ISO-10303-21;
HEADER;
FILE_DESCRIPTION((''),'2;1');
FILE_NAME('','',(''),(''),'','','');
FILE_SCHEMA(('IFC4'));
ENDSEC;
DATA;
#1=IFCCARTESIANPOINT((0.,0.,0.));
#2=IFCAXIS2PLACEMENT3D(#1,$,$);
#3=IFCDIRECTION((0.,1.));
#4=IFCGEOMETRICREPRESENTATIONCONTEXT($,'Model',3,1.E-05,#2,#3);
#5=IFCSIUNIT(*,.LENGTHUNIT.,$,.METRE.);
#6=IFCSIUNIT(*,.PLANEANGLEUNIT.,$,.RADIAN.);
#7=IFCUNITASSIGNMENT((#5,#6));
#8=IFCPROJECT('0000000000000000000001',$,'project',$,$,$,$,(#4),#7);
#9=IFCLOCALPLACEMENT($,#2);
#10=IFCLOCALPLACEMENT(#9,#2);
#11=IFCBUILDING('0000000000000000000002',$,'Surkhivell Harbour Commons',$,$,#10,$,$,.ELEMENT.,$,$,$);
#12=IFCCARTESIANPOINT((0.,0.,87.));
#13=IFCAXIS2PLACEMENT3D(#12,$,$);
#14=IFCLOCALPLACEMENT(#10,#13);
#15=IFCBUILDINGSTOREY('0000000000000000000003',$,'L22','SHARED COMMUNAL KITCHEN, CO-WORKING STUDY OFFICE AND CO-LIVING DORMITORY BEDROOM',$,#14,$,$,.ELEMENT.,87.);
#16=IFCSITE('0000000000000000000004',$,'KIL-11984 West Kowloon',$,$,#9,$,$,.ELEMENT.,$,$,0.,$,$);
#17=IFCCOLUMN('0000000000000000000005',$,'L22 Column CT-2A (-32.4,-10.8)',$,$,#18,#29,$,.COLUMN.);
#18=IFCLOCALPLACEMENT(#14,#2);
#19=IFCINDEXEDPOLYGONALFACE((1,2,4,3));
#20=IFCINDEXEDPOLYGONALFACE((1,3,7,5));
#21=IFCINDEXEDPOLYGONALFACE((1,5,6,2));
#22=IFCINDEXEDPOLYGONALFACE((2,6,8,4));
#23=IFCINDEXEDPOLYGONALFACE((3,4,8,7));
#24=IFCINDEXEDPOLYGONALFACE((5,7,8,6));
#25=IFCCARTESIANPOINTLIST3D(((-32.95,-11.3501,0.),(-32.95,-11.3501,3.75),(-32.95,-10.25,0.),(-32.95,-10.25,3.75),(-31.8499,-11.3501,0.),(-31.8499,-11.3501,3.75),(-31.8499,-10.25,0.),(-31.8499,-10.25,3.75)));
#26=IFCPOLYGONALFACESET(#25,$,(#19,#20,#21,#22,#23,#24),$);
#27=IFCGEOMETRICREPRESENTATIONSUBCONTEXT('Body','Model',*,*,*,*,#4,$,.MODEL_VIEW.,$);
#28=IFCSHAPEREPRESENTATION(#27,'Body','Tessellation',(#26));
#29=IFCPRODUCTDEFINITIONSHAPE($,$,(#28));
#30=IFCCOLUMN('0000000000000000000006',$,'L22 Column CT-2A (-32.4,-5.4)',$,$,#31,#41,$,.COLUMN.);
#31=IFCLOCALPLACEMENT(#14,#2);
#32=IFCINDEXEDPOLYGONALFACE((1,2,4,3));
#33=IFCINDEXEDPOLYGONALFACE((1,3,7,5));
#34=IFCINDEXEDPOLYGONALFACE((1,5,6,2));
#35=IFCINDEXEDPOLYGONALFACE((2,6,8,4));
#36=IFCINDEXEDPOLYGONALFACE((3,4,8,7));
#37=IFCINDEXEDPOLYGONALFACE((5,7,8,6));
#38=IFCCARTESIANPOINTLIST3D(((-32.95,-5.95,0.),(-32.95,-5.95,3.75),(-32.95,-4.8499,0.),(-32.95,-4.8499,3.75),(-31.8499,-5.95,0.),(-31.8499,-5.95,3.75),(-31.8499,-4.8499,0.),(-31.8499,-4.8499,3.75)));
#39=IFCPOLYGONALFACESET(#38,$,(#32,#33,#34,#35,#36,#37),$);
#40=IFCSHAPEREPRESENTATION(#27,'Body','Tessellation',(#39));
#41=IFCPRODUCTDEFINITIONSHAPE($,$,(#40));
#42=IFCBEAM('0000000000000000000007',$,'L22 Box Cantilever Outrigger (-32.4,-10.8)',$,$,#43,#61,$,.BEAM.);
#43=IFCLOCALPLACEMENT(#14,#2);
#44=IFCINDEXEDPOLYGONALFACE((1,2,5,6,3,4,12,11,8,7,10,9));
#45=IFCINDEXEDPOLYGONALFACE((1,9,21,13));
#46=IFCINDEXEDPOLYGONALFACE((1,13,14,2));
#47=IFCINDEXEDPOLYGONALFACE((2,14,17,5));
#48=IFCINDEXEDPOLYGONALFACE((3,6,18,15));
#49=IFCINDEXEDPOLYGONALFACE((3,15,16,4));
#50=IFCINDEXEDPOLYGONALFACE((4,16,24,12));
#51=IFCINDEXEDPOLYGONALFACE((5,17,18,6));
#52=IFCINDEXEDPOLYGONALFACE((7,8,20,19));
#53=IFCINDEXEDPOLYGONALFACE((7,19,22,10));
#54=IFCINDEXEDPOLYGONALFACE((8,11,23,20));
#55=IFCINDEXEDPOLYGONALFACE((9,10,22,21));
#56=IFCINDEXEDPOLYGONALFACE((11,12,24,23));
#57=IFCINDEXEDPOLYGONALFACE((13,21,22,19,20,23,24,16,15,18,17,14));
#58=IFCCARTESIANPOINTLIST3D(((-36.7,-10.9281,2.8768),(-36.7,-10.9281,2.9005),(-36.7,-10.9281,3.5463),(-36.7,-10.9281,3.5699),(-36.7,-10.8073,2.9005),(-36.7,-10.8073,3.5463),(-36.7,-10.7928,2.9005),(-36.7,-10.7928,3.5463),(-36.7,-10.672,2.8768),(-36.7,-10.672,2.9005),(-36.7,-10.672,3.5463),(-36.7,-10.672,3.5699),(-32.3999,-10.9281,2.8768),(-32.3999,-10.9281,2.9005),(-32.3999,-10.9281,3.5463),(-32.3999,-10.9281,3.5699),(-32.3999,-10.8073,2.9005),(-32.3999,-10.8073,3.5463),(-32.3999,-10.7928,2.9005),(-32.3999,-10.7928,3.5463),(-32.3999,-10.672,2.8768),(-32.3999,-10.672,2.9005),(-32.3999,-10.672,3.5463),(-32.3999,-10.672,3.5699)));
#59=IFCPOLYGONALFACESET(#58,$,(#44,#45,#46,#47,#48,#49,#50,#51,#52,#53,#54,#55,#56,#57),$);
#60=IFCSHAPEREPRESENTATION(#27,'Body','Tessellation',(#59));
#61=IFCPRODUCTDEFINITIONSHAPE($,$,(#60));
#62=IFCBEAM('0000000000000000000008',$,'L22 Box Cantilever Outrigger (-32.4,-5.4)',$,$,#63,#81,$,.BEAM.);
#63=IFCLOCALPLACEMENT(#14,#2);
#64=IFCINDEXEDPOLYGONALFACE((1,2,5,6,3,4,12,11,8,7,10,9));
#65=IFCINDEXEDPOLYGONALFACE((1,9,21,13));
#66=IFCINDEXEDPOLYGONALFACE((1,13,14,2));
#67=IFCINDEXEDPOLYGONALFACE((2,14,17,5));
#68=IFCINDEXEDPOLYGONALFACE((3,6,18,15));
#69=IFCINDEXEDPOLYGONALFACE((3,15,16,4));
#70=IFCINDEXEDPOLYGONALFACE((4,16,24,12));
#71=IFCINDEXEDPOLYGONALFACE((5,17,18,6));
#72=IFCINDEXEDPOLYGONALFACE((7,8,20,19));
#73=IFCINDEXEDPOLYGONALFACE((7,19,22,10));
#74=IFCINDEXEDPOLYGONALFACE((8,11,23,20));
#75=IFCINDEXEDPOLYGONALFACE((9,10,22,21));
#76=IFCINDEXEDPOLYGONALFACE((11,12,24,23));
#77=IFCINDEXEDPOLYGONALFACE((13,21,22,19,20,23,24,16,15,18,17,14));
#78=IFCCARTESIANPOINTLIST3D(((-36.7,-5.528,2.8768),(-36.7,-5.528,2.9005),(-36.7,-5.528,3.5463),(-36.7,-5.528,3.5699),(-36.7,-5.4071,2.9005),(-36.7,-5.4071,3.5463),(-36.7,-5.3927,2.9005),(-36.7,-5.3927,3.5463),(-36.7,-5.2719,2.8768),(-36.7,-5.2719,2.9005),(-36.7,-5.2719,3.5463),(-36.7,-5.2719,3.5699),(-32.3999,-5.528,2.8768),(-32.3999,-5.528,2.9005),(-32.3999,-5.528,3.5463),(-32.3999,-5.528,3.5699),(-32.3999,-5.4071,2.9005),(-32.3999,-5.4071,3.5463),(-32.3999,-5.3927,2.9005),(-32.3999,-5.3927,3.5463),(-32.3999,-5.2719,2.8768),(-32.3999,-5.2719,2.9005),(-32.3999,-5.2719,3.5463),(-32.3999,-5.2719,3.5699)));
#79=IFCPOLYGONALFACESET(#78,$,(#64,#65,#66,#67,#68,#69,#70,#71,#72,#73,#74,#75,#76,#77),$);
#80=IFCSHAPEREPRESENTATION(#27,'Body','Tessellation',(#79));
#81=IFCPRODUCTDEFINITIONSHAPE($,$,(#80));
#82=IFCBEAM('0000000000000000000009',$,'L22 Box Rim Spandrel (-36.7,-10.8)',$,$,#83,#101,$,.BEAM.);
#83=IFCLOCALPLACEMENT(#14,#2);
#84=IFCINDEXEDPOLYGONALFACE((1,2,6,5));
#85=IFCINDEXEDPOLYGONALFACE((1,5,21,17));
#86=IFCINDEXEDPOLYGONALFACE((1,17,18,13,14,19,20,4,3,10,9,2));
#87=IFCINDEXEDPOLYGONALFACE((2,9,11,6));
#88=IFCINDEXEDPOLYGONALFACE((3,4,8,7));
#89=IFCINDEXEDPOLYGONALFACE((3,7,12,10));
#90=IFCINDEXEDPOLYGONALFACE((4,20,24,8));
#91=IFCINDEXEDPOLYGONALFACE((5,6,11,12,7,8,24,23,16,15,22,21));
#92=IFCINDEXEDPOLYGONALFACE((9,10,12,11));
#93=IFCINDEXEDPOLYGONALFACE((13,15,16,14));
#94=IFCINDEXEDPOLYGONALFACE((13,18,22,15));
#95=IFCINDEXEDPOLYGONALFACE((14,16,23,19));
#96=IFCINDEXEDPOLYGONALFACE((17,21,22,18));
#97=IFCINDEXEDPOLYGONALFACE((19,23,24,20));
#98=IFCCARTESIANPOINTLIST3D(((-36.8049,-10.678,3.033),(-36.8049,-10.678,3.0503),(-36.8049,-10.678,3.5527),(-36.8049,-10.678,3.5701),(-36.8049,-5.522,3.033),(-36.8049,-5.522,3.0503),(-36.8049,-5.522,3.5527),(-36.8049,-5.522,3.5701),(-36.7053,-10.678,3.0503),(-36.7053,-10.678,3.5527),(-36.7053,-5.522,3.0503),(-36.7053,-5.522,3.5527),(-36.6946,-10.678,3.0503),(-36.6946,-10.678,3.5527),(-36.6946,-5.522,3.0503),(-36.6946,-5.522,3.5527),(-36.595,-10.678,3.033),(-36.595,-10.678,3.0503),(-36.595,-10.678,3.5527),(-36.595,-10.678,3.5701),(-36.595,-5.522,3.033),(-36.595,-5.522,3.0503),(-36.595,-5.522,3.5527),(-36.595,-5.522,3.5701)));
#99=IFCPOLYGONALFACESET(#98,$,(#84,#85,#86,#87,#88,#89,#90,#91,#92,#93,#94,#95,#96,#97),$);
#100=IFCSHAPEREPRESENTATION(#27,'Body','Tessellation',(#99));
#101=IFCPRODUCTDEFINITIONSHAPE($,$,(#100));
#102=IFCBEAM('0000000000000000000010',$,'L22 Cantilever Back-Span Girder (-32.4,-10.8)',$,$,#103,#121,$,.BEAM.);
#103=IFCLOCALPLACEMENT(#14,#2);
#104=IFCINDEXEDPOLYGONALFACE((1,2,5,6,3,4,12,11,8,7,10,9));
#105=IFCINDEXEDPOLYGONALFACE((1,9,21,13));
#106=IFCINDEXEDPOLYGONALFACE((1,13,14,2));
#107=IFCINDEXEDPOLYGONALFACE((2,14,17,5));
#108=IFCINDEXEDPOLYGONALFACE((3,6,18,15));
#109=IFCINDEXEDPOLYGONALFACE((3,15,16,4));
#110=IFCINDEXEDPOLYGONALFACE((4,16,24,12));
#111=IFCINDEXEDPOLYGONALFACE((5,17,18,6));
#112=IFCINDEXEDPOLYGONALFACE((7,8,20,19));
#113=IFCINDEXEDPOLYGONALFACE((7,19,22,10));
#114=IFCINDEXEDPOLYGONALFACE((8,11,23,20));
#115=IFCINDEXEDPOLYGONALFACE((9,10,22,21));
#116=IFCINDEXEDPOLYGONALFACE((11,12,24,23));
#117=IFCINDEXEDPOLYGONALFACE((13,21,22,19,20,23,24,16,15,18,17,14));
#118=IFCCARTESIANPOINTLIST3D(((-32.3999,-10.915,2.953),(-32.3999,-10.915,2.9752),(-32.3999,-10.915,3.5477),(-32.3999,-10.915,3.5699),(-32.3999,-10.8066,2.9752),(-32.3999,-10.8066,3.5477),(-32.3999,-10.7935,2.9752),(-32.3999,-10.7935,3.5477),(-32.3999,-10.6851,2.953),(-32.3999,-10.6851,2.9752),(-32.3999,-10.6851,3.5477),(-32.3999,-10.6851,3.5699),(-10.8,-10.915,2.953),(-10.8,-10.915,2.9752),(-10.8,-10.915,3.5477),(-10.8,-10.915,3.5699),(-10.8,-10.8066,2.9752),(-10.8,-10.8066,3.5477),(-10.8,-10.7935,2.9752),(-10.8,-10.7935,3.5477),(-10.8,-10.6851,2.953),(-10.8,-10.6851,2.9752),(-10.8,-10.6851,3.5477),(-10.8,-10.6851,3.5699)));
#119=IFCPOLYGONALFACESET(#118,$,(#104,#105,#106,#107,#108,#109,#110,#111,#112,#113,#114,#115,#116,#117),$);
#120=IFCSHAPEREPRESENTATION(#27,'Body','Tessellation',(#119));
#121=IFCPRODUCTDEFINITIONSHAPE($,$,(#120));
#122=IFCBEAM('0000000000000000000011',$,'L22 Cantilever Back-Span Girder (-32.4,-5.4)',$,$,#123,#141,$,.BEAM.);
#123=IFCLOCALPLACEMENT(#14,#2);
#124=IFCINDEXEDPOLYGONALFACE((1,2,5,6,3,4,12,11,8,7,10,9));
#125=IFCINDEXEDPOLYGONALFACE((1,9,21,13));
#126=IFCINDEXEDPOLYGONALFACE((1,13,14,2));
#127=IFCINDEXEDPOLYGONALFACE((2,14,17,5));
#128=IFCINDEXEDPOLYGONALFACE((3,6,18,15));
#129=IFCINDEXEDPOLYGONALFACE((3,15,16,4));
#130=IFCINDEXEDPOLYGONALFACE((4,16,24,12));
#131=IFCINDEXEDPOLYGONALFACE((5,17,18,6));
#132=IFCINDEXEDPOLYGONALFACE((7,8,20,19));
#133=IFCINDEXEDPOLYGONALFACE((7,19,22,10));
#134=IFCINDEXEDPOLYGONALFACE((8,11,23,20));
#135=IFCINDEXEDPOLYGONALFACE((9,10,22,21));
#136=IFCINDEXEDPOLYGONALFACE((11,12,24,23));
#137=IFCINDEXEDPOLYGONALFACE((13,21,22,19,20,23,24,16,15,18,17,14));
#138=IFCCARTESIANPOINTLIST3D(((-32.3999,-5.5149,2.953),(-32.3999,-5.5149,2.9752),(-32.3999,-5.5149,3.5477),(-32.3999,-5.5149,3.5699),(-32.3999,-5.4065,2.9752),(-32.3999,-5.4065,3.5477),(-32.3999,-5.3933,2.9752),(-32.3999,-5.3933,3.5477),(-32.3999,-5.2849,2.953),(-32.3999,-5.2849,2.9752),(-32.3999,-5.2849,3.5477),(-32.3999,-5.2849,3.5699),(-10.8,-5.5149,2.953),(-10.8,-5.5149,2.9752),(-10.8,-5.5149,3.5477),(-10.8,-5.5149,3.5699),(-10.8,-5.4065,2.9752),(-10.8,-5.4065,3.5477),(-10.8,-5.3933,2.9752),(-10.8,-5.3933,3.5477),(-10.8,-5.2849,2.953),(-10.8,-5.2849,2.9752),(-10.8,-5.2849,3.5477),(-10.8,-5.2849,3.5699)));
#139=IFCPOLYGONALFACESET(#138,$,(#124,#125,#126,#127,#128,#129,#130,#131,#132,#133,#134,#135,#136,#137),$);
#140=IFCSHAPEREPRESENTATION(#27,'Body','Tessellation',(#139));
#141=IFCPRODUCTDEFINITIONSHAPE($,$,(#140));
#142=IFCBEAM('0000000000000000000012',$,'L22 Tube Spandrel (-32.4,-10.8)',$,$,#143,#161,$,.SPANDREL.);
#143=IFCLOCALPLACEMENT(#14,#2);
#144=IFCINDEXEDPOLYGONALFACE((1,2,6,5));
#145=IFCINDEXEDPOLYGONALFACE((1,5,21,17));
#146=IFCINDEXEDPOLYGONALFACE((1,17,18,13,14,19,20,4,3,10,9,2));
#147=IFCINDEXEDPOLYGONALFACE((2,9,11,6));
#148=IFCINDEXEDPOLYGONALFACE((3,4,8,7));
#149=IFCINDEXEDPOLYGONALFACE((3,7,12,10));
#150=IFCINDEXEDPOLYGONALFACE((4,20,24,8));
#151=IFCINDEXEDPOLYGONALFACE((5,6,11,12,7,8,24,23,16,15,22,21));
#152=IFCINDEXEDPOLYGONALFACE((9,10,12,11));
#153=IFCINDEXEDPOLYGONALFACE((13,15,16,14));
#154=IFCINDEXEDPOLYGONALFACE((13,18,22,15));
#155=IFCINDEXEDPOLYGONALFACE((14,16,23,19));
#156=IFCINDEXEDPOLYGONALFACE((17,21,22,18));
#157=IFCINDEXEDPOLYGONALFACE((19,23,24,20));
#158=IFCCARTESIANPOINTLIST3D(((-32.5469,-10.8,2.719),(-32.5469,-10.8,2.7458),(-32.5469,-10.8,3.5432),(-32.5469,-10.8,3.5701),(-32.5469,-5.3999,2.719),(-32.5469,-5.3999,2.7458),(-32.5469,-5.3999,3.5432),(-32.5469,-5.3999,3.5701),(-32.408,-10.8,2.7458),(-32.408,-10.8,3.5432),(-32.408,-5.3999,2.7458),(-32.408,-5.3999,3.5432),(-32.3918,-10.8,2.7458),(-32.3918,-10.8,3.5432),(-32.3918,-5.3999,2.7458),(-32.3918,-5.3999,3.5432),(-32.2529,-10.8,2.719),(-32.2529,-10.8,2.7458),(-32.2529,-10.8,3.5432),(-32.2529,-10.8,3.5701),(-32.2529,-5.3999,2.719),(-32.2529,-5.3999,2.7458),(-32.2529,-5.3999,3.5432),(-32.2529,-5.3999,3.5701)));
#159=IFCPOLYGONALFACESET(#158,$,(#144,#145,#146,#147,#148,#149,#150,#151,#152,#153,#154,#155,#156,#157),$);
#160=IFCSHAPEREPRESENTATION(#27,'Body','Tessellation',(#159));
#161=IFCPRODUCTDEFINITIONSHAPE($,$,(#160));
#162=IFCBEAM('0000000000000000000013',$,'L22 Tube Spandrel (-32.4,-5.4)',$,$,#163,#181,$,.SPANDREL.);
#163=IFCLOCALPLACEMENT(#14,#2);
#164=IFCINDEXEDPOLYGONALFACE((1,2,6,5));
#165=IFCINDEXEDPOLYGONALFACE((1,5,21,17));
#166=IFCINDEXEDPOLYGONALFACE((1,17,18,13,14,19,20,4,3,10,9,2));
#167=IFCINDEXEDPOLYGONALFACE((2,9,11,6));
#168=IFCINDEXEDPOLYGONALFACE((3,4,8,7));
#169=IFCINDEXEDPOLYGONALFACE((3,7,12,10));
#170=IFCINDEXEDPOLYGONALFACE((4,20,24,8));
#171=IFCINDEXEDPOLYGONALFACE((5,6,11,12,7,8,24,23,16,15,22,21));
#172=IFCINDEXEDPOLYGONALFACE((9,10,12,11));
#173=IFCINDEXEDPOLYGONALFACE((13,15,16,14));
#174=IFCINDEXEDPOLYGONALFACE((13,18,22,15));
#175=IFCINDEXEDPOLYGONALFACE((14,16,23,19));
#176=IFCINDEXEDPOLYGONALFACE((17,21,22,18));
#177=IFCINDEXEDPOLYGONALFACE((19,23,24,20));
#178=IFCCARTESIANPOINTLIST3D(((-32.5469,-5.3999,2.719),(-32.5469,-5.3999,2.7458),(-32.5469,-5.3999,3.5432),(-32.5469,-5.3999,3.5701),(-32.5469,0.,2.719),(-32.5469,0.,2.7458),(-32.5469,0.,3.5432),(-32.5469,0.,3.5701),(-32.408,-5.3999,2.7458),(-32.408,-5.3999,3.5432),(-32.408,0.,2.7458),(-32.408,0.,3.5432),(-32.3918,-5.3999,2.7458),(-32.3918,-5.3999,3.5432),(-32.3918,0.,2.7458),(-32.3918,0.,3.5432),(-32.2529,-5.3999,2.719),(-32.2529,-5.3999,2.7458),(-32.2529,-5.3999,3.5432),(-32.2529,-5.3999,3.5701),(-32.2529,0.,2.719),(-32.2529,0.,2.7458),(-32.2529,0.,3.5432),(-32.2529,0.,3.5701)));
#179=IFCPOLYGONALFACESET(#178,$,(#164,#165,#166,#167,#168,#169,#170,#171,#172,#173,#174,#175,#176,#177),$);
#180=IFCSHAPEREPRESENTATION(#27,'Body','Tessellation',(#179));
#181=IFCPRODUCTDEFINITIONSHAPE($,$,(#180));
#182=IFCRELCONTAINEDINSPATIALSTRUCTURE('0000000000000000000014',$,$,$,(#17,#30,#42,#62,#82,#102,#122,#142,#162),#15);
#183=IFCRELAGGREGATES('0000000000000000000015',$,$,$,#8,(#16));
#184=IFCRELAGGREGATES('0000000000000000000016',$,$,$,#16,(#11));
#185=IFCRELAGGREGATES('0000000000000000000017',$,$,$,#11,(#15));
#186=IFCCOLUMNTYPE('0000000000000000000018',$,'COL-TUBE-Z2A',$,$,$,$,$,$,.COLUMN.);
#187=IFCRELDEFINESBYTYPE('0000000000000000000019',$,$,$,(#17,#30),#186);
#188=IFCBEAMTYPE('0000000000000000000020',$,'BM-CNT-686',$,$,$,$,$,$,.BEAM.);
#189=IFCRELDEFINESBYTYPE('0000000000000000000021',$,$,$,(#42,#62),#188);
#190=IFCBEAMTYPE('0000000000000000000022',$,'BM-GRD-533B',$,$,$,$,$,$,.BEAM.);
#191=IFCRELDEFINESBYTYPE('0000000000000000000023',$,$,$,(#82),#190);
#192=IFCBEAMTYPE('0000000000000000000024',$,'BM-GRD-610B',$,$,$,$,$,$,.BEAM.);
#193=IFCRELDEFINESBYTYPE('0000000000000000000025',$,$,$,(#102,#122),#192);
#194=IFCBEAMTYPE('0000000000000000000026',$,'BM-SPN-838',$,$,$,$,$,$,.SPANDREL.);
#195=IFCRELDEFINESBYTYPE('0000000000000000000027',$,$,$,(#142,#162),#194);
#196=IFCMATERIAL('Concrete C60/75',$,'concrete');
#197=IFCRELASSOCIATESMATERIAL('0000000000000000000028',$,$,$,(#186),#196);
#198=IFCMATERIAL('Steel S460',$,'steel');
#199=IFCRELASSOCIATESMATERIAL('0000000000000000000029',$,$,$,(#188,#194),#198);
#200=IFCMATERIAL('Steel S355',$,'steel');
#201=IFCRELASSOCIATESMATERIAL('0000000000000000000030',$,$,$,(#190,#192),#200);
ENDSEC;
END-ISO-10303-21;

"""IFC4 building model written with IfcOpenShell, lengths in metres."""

from ifc_helpers import new_model, si_unit, direction, frame, origin, origin_2d, place, context, subcontext, project, spatial, rectangle, i_section, extrude, material, material_profile, profile_set, type_object, element, save


model = new_model("IFC4")

# Units and contexts
model_context = context("Model", 3, precision=1e-05, world=origin(), true_north=direction((0.0, 1.0)))
body_context = subcontext(model_context, "Body", "Model", "MODEL_VIEW")
ifc_project = project(units=[si_unit("LENGTHUNIT", "METRE"), si_unit("PLANEANGLEUNIT", "RADIAN")], contexts=[model_context])

# Site, building, storey
site_placement = place(None, origin())
site = spatial("IfcSite", under=ifc_project, at=site_placement, Name="KIL-11984 West Kowloon", CompositionType="ELEMENT", RefElevation=0.0)
building_placement = place(site_placement, origin())
building = spatial("IfcBuilding", under=site, at=building_placement, Name="Surkhivell Harbour Commons", CompositionType="ELEMENT")
storey_placement = place(building_placement, frame((0.0, 0.0, 87.0)))
storey = spatial("IfcBuildingStorey", under=building, at=storey_placement, Name="L22", Description="SHARED COMMUNAL KITCHEN, CO-WORKING STUDY OFFICE AND CO-LIVING DORMITORY BEDROOM", CompositionType="ELEMENT", Elevation=87.0)

# Columns
ifc_material_1 = material(Name="Concrete C60/75", Category="concrete")
ifc_material_profile_1 = material_profile(ifc_material_1, rectangle(XDim=1.1001, YDim=1.1001, at=origin_2d()), Name="RC-COL-1100x1100")
ifc_profile_set_1 = profile_set([ifc_material_profile_1], Name="Concrete C60/75")
column_type = type_object("IfcColumnType", Name="COL-TUBE-Z2A", PredefinedType="COLUMN", material=ifc_profile_set_1)
for number, where, z_axis, x_axis, name in (
    (1, (-32.3999, -10.8, 0.0), (0.0, 0.0, 1.0), (1.0, 0.0, 0.0), "L22 Column CT-2A (-32.4,-10.8)"),
    (2, (-32.3999, -5.3999, 0.0), (0.0, 0.0, 1.0), (1.0, 0.0, 0.0), "L22 Column CT-2A (-32.4,-5.4)"),
):
    element("IfcColumn", number, at=place(storey_placement, frame(where, z_axis=z_axis, x_axis=x_axis)), inside=storey, type_object=column_type, Name=name, PredefinedType="COLUMN", context=body_context, shape_type="SweptSolid", body=[
        extrude(rectangle(XDim=1.1001, YDim=1.1001, at=origin_2d()), origin(), (0.0, 0.0, 1.0), 3.75),
    ])

# Beams
ifc_material_2 = material(Name="Steel S460", Category="steel")
ifc_material_profile_2 = material_profile(ifc_material_2, i_section(OverallWidth=0.2561, OverallDepth=0.6931, WebThickness=0.0144, FlangeThickness=0.0237, at=origin_2d()), Name="UB686x254x170")
ifc_profile_set_2 = profile_set([ifc_material_profile_2], Name="Steel S460")
beam_type_1 = type_object("IfcBeamType", Name="BM-CNT-686", PredefinedType="BEAM", material=ifc_profile_set_2)
for number, where, z_axis, x_axis, name in (
    (3, (-32.3999, -10.8, 3.2234), (-1.0, 0.0, 0.0), (0.0, -1.0, 0.0), "L22 Box Cantilever Outrigger (-32.4,-10.8)"),
    (4, (-32.3999, -5.3999, 3.2234), (-1.0, 0.0, 0.0), (0.0, -1.0, 0.0), "L22 Box Cantilever Outrigger (-32.4,-5.4)"),
):
    element("IfcBeam", number, at=place(storey_placement, frame(where, z_axis=z_axis, x_axis=x_axis)), inside=storey, type_object=beam_type_1, Name=name, PredefinedType="BEAM", context=body_context, shape_type="SweptSolid", body=[
        extrude(i_section(OverallWidth=0.2561, OverallDepth=0.6931, WebThickness=0.0144, FlangeThickness=0.0237, at=origin_2d()), origin(), (0.0, 0.0, 1.0), 4.3),
    ])
ifc_material_3 = material(Name="Steel S355", Category="steel")
ifc_material_profile_3 = material_profile(ifc_material_3, i_section(OverallWidth=0.21, OverallDepth=0.5371, WebThickness=0.0107, FlangeThickness=0.0173, at=origin_2d()), Name="UB533x210x101")
ifc_profile_set_3 = profile_set([ifc_material_profile_3], Name="Steel S355")
beam_type_2 = type_object("IfcBeamType", Name="BM-GRD-533B", PredefinedType="BEAM", material=ifc_profile_set_3)
beam_1_placement = place(storey_placement, frame((-36.7, -10.678, 3.3015), z_axis=(0.0, 1.0, 0.0), x_axis=(-1.0, 0.0, 0.0)))
element("IfcBeam", 5, at=beam_1_placement, inside=storey, type_object=beam_type_2, Name="L22 Box Rim Spandrel (-36.7,-10.8)", PredefinedType="BEAM", context=body_context, shape_type="SweptSolid", body=[
    extrude(i_section(OverallWidth=0.21, OverallDepth=0.5371, WebThickness=0.0107, FlangeThickness=0.0173, at=origin_2d()), origin(), (0.0, 0.0, 1.0), 5.156),
])
ifc_material_profile_4 = material_profile(ifc_material_3, i_section(OverallWidth=0.23, OverallDepth=0.6169, WebThickness=0.0132, FlangeThickness=0.0222, at=origin_2d()), Name="UB610x229x140")
ifc_profile_set_4 = profile_set([ifc_material_profile_4], Name="Steel S355")
beam_type_3 = type_object("IfcBeamType", Name="BM-GRD-610B", PredefinedType="BEAM", material=ifc_profile_set_4)
for number, where, z_axis, x_axis, name in (
    (6, (-32.3999, -10.8, 3.2615), (1.0, 0.0, 0.0), (0.0, 1.0, 0.0), "L22 Cantilever Back-Span Girder (-32.4,-10.8)"),
    (7, (-32.3999, -5.3999, 3.2615), (1.0, 0.0, 0.0), (0.0, 1.0, 0.0), "L22 Cantilever Back-Span Girder (-32.4,-5.4)"),
):
    element("IfcBeam", number, at=place(storey_placement, frame(where, z_axis=z_axis, x_axis=x_axis)), inside=storey, type_object=beam_type_3, Name=name, PredefinedType="BEAM", context=body_context, shape_type="SweptSolid", body=[
        extrude(i_section(OverallWidth=0.23, OverallDepth=0.6169, WebThickness=0.0132, FlangeThickness=0.0222, at=origin_2d()), origin(), (0.0, 0.0, 1.0), 21.5999),
    ])
ifc_material_profile_5 = material_profile(ifc_material_2, i_section(OverallWidth=0.2939, OverallDepth=0.8511, WebThickness=0.0161, FlangeThickness=0.0269, at=origin_2d()), Name="UB838x292x226")
ifc_profile_set_5 = profile_set([ifc_material_profile_5], Name="Steel S460")
beam_type_4 = type_object("IfcBeamType", Name="BM-SPN-838", PredefinedType="SPANDREL", material=ifc_profile_set_5)
beam_2_placement = place(storey_placement, frame((-32.3999, -10.8, 3.1445), z_axis=(0.0, 1.0, 0.0), x_axis=(-1.0, 0.0, 0.0)))
element("IfcBeam", 8, at=beam_2_placement, inside=storey, type_object=beam_type_4, Name="L22 Tube Spandrel (-32.4,-10.8)", PredefinedType="SPANDREL", context=body_context, shape_type="SweptSolid", body=[
    extrude(i_section(OverallWidth=0.2939, OverallDepth=0.8511, WebThickness=0.0161, FlangeThickness=0.0269, at=origin_2d()), origin(), (0.0, 0.0, 1.0), 5.4001),
])
beam_3_placement = place(storey_placement, frame((-32.3999, -5.3999, 3.1445), z_axis=(0.0, 1.0, 0.0), x_axis=(-1.0, 0.0, 0.0)))
element("IfcBeam", 9, at=beam_3_placement, inside=storey, type_object=beam_type_4, Name="L22 Tube Spandrel (-32.4,-5.4)", PredefinedType="SPANDREL", context=body_context, shape_type="SweptSolid", body=[
    extrude(i_section(OverallWidth=0.2939, OverallDepth=0.8511, WebThickness=0.0161, FlangeThickness=0.0269, at=origin_2d()), origin(), (0.0, 0.0, 1.0), 5.3999),
])

save(model, "model.ifc")
